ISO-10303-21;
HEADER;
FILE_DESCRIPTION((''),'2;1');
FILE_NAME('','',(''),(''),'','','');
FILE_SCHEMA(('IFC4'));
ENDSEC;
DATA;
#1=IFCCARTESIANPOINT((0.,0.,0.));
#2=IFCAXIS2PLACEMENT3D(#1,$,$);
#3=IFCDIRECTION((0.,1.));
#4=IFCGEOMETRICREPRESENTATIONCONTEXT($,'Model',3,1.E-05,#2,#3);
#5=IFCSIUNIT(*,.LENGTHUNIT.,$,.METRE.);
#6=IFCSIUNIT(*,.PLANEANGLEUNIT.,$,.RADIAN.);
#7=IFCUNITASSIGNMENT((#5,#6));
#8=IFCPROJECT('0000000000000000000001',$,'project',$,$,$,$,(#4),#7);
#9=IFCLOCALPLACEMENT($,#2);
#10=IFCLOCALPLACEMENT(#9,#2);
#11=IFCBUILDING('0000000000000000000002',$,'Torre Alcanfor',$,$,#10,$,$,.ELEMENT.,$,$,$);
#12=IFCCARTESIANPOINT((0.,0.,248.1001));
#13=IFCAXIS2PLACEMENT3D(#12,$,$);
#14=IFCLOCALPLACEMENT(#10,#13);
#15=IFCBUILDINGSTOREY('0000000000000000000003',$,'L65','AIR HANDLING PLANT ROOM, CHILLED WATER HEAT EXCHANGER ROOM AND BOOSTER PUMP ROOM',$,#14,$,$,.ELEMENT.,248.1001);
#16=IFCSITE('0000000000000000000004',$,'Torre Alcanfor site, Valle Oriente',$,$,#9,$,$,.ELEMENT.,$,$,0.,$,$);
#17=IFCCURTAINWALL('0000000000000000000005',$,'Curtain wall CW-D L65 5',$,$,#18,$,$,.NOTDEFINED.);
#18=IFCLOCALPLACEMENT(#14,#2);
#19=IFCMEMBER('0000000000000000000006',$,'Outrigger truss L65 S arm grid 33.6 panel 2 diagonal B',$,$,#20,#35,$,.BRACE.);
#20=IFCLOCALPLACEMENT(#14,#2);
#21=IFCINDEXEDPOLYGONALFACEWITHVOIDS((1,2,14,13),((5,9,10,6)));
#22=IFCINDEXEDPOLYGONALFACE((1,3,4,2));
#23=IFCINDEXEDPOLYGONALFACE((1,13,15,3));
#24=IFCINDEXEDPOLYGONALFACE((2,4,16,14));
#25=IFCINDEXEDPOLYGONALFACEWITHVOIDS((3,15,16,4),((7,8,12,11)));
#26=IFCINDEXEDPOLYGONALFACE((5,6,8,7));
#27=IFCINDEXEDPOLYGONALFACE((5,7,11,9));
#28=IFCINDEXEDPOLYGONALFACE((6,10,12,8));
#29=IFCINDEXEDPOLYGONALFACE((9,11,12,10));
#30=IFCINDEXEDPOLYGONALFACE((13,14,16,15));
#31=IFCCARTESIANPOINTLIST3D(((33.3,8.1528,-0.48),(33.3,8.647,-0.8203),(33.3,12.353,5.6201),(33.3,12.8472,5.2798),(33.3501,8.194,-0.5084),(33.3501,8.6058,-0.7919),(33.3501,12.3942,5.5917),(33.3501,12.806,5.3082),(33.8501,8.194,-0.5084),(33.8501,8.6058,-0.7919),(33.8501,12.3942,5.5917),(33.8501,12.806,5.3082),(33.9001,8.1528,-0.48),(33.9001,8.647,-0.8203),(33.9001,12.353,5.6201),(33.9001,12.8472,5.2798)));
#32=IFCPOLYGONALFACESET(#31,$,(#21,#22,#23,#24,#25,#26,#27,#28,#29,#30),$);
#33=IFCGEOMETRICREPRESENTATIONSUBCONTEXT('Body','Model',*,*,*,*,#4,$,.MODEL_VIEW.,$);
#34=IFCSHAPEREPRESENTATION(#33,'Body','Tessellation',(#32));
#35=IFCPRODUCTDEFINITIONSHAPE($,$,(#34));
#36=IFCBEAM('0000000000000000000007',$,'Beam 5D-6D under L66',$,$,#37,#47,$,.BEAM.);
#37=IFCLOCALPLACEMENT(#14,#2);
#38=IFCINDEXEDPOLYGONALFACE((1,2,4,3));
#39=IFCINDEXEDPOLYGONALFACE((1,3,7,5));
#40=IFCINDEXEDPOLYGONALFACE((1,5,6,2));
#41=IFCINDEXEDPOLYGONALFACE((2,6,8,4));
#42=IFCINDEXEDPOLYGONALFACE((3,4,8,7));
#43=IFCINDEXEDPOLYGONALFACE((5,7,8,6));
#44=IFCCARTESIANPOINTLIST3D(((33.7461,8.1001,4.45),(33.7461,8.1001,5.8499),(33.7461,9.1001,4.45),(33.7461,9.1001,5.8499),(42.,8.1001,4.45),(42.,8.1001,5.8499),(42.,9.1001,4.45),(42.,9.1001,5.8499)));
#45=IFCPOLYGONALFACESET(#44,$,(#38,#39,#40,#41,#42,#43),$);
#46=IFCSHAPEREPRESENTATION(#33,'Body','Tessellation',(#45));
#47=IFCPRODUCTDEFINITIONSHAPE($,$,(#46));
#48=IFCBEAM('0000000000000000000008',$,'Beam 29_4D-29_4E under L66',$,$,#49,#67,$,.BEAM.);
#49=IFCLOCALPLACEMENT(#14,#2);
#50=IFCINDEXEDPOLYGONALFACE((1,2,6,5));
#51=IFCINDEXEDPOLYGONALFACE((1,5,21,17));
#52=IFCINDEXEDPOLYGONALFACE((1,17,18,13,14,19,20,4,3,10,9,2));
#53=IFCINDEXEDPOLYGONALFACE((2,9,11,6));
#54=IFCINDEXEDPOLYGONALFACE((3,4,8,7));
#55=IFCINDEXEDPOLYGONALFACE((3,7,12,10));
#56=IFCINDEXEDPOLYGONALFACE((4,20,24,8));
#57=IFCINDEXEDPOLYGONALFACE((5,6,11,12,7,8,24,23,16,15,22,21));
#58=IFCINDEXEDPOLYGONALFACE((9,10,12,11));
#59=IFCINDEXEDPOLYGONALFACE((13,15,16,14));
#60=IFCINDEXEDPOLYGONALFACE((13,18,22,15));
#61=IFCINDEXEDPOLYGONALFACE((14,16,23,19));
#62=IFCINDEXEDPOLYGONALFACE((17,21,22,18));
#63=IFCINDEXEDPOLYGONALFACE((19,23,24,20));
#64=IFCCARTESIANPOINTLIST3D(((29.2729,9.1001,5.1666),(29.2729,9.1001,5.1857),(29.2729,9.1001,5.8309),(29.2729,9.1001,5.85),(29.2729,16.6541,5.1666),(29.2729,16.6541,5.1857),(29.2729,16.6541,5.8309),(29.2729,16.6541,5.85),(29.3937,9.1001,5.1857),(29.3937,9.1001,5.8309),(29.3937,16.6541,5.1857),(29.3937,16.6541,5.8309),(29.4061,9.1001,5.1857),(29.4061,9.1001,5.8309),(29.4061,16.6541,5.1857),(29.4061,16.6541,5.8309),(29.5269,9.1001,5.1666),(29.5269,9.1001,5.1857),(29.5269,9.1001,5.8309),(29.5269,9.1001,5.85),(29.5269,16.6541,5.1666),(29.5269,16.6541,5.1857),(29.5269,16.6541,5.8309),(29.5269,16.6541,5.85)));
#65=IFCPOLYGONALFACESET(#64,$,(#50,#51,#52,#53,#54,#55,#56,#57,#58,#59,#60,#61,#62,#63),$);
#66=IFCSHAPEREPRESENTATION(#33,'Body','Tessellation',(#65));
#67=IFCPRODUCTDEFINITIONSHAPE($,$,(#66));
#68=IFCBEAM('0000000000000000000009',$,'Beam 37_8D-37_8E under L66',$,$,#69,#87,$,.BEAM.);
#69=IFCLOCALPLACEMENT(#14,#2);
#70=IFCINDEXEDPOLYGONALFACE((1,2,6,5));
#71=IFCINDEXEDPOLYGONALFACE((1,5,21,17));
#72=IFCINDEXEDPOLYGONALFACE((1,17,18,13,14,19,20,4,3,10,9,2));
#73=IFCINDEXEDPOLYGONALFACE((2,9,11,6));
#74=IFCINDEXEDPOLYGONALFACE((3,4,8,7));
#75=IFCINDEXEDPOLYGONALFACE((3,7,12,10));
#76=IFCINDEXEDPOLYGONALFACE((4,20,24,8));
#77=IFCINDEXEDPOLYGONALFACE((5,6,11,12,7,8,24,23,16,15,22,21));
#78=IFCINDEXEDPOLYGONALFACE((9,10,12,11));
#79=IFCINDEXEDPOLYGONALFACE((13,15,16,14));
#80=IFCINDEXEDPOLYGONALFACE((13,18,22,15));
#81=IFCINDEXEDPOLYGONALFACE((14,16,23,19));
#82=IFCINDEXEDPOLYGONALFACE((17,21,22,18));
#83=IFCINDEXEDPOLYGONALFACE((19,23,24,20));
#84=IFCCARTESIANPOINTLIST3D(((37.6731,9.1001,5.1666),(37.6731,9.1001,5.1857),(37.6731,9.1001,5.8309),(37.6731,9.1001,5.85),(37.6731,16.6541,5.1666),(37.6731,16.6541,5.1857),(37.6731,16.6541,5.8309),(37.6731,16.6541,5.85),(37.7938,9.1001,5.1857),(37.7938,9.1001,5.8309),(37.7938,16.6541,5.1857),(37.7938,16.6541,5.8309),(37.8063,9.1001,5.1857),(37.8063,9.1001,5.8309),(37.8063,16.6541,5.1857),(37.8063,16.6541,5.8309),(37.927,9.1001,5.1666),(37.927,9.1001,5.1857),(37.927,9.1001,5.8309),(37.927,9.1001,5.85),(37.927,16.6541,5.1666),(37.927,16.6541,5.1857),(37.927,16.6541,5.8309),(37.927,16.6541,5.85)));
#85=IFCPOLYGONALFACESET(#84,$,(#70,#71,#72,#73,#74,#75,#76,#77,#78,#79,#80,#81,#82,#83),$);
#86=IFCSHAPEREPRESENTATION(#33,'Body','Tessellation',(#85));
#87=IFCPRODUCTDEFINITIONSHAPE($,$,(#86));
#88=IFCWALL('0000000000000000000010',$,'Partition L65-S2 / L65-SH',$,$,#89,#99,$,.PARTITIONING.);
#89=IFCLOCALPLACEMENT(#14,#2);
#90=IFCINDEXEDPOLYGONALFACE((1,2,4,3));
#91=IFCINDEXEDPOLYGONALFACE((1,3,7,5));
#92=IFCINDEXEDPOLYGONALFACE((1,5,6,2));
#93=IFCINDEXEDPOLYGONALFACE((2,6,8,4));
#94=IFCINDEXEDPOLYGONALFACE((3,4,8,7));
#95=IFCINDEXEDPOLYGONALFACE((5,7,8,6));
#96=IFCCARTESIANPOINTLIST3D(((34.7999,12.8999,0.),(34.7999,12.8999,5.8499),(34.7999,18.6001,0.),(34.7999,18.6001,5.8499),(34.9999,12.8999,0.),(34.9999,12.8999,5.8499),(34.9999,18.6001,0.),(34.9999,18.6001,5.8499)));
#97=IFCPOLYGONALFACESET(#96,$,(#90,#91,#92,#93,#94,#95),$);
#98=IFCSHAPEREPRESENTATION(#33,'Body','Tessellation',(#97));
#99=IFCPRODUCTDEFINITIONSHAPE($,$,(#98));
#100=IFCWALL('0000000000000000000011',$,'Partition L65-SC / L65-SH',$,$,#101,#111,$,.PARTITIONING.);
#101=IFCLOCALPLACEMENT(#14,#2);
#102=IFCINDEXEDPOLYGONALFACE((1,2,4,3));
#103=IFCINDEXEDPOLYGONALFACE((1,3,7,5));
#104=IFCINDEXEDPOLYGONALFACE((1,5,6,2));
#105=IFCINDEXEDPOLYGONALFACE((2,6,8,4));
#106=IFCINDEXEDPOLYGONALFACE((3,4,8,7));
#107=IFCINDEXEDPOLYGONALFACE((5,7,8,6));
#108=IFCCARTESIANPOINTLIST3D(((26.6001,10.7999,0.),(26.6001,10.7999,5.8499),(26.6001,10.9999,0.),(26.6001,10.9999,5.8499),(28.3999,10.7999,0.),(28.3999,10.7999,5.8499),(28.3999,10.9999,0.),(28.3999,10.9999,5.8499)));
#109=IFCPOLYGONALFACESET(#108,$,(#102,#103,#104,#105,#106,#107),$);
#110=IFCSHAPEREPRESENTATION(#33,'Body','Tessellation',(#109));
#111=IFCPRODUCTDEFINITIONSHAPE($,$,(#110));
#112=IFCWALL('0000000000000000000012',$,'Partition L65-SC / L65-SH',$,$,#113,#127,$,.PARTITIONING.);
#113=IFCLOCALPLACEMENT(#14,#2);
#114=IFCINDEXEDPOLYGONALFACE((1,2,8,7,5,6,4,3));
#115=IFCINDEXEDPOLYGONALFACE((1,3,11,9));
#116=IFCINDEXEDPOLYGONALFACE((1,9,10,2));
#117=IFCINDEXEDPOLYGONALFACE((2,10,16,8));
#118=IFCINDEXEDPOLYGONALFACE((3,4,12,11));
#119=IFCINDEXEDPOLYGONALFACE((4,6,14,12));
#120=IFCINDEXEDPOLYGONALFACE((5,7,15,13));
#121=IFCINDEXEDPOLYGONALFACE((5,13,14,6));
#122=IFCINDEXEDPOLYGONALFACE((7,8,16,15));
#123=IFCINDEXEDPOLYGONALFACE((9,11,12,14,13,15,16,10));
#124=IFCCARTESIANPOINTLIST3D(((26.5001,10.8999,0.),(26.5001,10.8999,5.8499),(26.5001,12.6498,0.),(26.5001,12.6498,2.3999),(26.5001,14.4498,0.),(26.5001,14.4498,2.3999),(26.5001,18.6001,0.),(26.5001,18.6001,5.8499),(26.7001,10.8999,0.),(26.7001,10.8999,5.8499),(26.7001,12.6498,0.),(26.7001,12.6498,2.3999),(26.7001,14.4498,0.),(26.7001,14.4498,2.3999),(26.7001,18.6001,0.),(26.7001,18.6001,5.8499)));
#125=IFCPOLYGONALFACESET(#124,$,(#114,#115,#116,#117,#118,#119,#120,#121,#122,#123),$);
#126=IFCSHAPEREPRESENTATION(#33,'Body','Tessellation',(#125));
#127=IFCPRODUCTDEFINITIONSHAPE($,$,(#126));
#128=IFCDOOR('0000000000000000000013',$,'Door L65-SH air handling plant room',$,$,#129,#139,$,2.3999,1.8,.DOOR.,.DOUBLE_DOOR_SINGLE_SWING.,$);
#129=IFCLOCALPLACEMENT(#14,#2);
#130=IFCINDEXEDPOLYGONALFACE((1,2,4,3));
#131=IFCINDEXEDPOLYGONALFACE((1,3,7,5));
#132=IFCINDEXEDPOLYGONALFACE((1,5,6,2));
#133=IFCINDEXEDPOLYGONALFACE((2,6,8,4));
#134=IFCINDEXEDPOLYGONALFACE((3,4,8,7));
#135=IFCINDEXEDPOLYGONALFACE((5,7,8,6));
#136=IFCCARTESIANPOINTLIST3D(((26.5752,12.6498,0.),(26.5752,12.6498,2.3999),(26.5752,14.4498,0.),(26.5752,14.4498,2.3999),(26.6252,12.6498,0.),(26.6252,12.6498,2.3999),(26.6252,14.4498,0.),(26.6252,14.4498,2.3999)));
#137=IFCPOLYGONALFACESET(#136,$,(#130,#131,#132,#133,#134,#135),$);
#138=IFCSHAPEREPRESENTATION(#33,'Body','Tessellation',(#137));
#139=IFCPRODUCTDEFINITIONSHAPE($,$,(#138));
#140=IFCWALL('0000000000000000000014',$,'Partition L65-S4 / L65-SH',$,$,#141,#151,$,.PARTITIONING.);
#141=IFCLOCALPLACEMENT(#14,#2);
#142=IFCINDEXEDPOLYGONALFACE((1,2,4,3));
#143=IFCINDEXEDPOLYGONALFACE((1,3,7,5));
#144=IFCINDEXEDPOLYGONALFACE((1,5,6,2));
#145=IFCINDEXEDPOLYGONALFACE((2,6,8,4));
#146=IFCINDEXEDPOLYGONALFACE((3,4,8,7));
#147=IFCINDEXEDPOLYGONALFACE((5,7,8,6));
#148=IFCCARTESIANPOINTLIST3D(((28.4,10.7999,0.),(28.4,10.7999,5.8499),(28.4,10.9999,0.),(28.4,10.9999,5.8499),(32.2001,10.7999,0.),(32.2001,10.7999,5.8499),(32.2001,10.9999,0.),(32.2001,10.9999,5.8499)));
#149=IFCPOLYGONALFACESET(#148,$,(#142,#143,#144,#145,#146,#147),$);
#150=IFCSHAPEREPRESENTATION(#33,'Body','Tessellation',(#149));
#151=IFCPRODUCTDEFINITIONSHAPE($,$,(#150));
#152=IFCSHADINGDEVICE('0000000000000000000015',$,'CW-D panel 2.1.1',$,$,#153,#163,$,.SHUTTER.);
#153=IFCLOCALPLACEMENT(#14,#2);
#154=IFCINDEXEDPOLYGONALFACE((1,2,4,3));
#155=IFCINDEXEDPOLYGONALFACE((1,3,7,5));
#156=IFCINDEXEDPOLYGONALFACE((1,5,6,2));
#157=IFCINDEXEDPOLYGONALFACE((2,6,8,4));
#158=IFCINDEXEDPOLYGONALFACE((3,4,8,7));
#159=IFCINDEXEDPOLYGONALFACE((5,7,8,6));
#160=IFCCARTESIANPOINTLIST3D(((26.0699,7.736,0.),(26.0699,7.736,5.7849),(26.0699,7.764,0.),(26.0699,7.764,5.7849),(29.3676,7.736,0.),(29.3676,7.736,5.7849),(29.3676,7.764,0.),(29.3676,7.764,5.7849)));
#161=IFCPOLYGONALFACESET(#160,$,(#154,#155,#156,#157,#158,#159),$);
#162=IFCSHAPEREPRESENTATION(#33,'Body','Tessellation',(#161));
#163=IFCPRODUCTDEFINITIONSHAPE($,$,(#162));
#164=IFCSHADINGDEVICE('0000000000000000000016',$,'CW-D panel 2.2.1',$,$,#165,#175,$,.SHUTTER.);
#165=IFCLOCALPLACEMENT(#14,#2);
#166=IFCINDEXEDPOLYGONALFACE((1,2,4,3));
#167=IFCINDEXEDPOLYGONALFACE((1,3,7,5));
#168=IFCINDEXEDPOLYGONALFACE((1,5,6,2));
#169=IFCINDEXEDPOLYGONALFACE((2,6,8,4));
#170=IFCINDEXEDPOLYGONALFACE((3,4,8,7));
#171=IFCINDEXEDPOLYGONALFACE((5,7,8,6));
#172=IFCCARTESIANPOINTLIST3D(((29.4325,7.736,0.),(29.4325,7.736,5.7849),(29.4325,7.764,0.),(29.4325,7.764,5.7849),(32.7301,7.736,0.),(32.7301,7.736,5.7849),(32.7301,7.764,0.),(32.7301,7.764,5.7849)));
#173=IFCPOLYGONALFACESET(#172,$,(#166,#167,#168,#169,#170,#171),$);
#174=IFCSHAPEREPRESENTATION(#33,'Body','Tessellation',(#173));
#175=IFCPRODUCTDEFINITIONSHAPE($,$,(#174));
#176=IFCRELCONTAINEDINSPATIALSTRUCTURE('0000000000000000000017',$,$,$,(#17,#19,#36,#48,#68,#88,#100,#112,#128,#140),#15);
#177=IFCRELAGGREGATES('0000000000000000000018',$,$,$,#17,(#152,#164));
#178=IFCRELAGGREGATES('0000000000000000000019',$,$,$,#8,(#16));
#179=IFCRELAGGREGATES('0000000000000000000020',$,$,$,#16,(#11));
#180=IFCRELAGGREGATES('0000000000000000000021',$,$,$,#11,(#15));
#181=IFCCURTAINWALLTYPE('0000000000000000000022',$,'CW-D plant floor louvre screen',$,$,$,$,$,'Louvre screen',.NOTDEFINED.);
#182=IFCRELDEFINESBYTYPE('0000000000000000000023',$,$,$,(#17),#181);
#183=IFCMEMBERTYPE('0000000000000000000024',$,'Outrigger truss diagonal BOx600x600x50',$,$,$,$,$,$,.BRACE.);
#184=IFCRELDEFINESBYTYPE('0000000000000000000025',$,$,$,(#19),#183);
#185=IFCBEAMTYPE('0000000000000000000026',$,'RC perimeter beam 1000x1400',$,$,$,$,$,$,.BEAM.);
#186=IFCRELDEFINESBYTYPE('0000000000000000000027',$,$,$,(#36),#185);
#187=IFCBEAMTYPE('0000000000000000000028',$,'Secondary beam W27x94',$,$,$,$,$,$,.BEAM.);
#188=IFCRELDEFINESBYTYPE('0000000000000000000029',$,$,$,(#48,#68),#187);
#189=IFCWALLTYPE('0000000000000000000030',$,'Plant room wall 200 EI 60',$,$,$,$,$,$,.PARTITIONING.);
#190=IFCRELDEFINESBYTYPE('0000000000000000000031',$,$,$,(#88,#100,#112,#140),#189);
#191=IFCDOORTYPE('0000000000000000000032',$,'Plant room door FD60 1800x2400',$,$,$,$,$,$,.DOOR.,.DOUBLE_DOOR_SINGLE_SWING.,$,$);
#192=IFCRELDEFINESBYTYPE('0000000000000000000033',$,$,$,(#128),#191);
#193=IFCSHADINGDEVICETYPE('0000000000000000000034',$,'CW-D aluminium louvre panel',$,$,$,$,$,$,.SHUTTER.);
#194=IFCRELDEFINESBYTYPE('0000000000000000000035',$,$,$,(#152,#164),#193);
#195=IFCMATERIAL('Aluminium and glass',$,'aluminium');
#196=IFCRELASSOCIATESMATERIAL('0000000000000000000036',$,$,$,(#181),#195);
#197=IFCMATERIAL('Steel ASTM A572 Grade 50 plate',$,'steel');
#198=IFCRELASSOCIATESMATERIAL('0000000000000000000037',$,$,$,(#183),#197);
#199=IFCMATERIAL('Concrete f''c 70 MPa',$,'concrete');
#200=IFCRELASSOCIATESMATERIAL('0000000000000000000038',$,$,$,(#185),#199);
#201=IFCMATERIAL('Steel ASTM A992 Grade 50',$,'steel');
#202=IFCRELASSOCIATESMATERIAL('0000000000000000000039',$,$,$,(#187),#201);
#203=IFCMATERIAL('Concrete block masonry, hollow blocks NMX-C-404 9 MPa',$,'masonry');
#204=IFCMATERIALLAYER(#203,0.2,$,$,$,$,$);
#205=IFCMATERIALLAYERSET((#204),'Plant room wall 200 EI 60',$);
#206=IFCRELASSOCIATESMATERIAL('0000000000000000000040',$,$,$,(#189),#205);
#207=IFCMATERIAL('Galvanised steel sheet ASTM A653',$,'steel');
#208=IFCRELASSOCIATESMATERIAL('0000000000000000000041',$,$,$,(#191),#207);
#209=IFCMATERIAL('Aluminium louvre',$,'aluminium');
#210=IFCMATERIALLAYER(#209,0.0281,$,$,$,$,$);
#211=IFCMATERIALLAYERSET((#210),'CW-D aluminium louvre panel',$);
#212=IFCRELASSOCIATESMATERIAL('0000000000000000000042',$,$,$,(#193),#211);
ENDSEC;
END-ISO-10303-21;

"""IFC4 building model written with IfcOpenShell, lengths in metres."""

from ifc_helpers import new_model, si_unit, direction, frame, frame_2d, origin, origin_2d, place, context, subcontext, project, spatial, rectangle, hollow_rectangle, i_section, extrude, material, layer, layer_set, material_profile, profile_set, type_object, element, fill, aggregate, save


model = new_model("IFC4")

# Units and contexts
model_context = context("Model", 3, precision=1e-05, world=origin(), true_north=direction((0.0, 1.0)))
body_context = subcontext(model_context, "Body", "Model", "MODEL_VIEW")
ifc_project = project(units=[si_unit("LENGTHUNIT", "METRE"), si_unit("PLANEANGLEUNIT", "RADIAN")], contexts=[model_context])

# Site, building, storey
site_placement = place(None, origin())
site = spatial("IfcSite", under=ifc_project, at=site_placement, Name="Torre Alcanfor site, Valle Oriente", CompositionType="ELEMENT", RefElevation=0.0)
building_placement = place(site_placement, origin())
building = spatial("IfcBuilding", under=site, at=building_placement, Name="Torre Alcanfor", CompositionType="ELEMENT")
storey_placement = place(building_placement, frame((0.0, 0.0, 248.1001)))
storey = spatial("IfcBuildingStorey", under=building, at=storey_placement, Name="L65", Description="AIR HANDLING PLANT ROOM, CHILLED WATER HEAT EXCHANGER ROOM AND BOOSTER PUMP ROOM", CompositionType="ELEMENT", Elevation=248.1001)

# Curtain wall
ifc_material_1 = material(Name="Aluminium and glass", Category="aluminium")
curtain_wall_type = type_object("IfcCurtainWallType", Name="CW-D plant floor louvre screen", ElementType="Louvre screen", PredefinedType="NOTDEFINED", material=ifc_material_1)
curtain_wall_placement = place(storey_placement, origin())
curtain_wall = element("IfcCurtainWall", 1, at=curtain_wall_placement, inside=storey, type_object=curtain_wall_type, Name="Curtain wall CW-D L65 5", PredefinedType="NOTDEFINED")

# Member
ifc_material_2 = material(Name="Steel ASTM A572 Grade 50 plate", Category="steel")
ifc_material_profile_1 = material_profile(ifc_material_2, hollow_rectangle(XDim=0.6001, YDim=0.6001, WallThickness=0.05, at=origin_2d()), Name="BOX 600x600x50")
ifc_profile_set_1 = profile_set([ifc_material_profile_1], Name="Steel ASTM A572 Grade 50 plate")
member_type_1 = type_object("IfcMemberType", Name="Outrigger truss diagonal BOx600x600x50", PredefinedType="BRACE", material=ifc_profile_set_1)
member_1_placement = place(storey_placement, frame((33.6001, 8.3999, -0.6501), z_axis=(0.0, 0.567113, 0.82364), x_axis=(-1.0, 0.0, 0.0)))
element("IfcMember", 2, at=member_1_placement, inside=storey, type_object=member_type_1, Name="Outrigger truss L65 S arm grid 33.6 panel 2 diagonal B", PredefinedType="BRACE", context=body_context, shape_type="SweptSolid", body=[
    extrude(hollow_rectangle(XDim=0.6001, YDim=0.6001, WallThickness=0.05, at=origin_2d()), origin(), (0.0, 0.0, 1.0), 7.4062),
])

# Beams
ifc_material_3 = material(Name="Concrete f'c 70 MPa", Category="concrete")
ifc_material_profile_2 = material_profile(ifc_material_3, rectangle(XDim=1.0, YDim=1.3999, at=origin_2d()), Name="1000x1400")
ifc_profile_set_2 = profile_set([ifc_material_profile_2], Name="Concrete f'c 70 MPa")
beam_type_1 = type_object("IfcBeamType", Name="RC perimeter beam 1000x1400", PredefinedType="BEAM", material=ifc_profile_set_2)
beam_1_placement = place(storey_placement, frame((33.7461, 8.6001, 5.1499), z_axis=(1.0, 0.0, 0.0), x_axis=(0.0, 1.0, 0.0)))
element("IfcBeam", 3, at=beam_1_placement, inside=storey, type_object=beam_type_1, Name="Beam 5D-6D under L66", PredefinedType="BEAM", context=body_context, shape_type="SweptSolid", body=[
    extrude(rectangle(XDim=1.0, YDim=1.3999, at=origin_2d()), origin(), (0.0, 0.0, 1.0), 8.2539),
])
ifc_material_4 = material(Name="Steel ASTM A992 Grade 50", Category="steel")
ifc_material_profile_3 = material_profile(ifc_material_4, i_section(OverallWidth=0.2539, OverallDepth=0.6833, WebThickness=0.0125, FlangeThickness=0.019, at=origin_2d()), Name="W27x94")
ifc_profile_set_3 = profile_set([ifc_material_profile_3], Name="Steel ASTM A992 Grade 50")
beam_type_2 = type_object("IfcBeamType", Name="Secondary beam W27x94", PredefinedType="BEAM", material=ifc_profile_set_3)
for number, where, z_axis, x_axis, name in (
    (4, (29.3999, 9.1001, 5.5083), (0.0, 1.0, 0.0), (-1.0, 0.0, 0.0), "Beam 29_4D-29_4E under L66"),
    (5, (37.8, 9.1001, 5.5083), (0.0, 1.0, 0.0), (-1.0, 0.0, 0.0), "Beam 37_8D-37_8E under L66"),
):
    element("IfcBeam", number, at=place(storey_placement, frame(where, z_axis=z_axis, x_axis=x_axis)), inside=storey, type_object=beam_type_2, Name=name, PredefinedType="BEAM", context=body_context, shape_type="SweptSolid", body=[
        extrude(i_section(OverallWidth=0.2539, OverallDepth=0.6833, WebThickness=0.0125, FlangeThickness=0.019, at=origin_2d()), origin(), (0.0, 0.0, 1.0), 7.554),
    ])

# Walls
ifc_material_5 = material(Name="Concrete block masonry, hollow blocks NMX-C-404 9 MPa", Category="masonry")
ifc_layer_1 = layer(ifc_material_5, 0.2)
ifc_layer_set_1 = layer_set([ifc_layer_1], Name="Plant room wall 200 EI 60")
wall_type = type_object("IfcWallType", Name="Plant room wall 200 EI 60", PredefinedType="PARTITIONING", material=ifc_layer_set_1)
wall_1_placement = place(storey_placement, frame((34.8999, 12.8999, 0.0), z_axis=(0.0, 0.0, 1.0), x_axis=(0.0, 1.0, 0.0)))
element("IfcWall", 6, at=wall_1_placement, inside=storey, type_object=wall_type, Name="Partition L65-S2 / L65-SH", PredefinedType="PARTITIONING", context=body_context, shape_type="SweptSolid", body=[
    extrude(rectangle(XDim=5.7002, YDim=0.2, at=frame_2d((2.8501, 0.0))), origin(), (0.0, 0.0, 1.0), 5.8499),
])
wall_2_placement = place(storey_placement, frame((28.3999, 10.8999, 0.0), z_axis=(0.0, 0.0, 1.0), x_axis=(-1.0, 0.0, 0.0)))
element("IfcWall", 7, at=wall_2_placement, inside=storey, type_object=wall_type, Name="Partition L65-SC / L65-SH", PredefinedType="PARTITIONING", context=body_context, shape_type="SweptSolid", body=[
    extrude(rectangle(XDim=1.7998, YDim=0.2, at=frame_2d((0.8999, 0.0))), origin(), (0.0, 0.0, 1.0), 5.8499),
])

# Wall, opening, door
wall_3_placement = place(storey_placement, frame((26.6001, 10.8999, 0.0), z_axis=(0.0, 0.0, 1.0), x_axis=(0.0, 1.0, 0.0)))
wall_3 = element("IfcWall", 8, at=wall_3_placement, inside=storey, type_object=wall_type, Name="Partition L65-SC / L65-SH", PredefinedType="PARTITIONING", context=body_context, shape_type="SweptSolid", body=[
    extrude(rectangle(XDim=7.7002, YDim=0.2, at=frame_2d((3.8501, 0.0))), origin(), (0.0, 0.0, 1.0), 5.8499),
])
opening_placement = place(wall_3_placement, frame((1.75, 0.0, 0.0)))
opening = element("IfcOpeningElement", 9, at=opening_placement, cuts=wall_3, PredefinedType="OPENING", context=body_context, shape_type="SweptSolid", body=[
    extrude(rectangle(XDim=1.8, YDim=2.3999, at=frame_2d((0.8999, 1.2))), frame((0.0, 0.1099, 0.0), z_axis=(0.0, -1.0, 0.0), x_axis=(1.0, 0.0, 0.0)), (0.0, 0.0, 1.0), 0.22),
])
ifc_material_6 = material(Name="Galvanised steel sheet ASTM A653", Category="steel")
door_type = type_object("IfcDoorType", Name="Plant room door FD60 1800x2400", OperationType="DOUBLE_DOOR_SINGLE_SWING", PredefinedType="DOOR", material=ifc_material_6)
door_placement = place(opening_placement, origin())
door = element("IfcDoor", 10, at=door_placement, inside=storey, type_object=door_type, Name="Door L65-SH air handling plant room", OperationType="DOUBLE_DOOR_SINGLE_SWING", OverallHeight=2.3999, OverallWidth=1.8, PredefinedType="DOOR", context=body_context, shape_type="SweptSolid", body=[
    extrude(rectangle(XDim=1.8, YDim=2.3999, at=frame_2d((0.8999, 1.2))), frame((0.0, 0.0249, 0.0), z_axis=(0.0, -1.0, 0.0), x_axis=(1.0, 0.0, 0.0)), (0.0, 0.0, 1.0), 0.05),
])
fill(opening, door)

# Wall
wall_4_placement = place(storey_placement, frame((32.2, 10.8999, 0.0), z_axis=(0.0, 0.0, 1.0), x_axis=(-1.0, 0.0, 0.0)))
element("IfcWall", 11, at=wall_4_placement, inside=storey, type_object=wall_type, Name="Partition L65-S4 / L65-SH", PredefinedType="PARTITIONING", context=body_context, shape_type="SweptSolid", body=[
    extrude(rectangle(XDim=3.8, YDim=0.2, at=frame_2d((1.8999, 0.0))), origin(), (0.0, 0.0, 1.0), 5.8499),
])

# Shading devices
ifc_material_7 = material(Name="Aluminium louvre", Category="aluminium")
ifc_layer_2 = layer(ifc_material_7, 0.0281)
ifc_layer_set_2 = layer_set([ifc_layer_2], Name="CW-D aluminium louvre panel")
shading_device_type = type_object("IfcShadingDeviceType", Name="CW-D aluminium louvre panel", PredefinedType="SHUTTER", material=ifc_layer_set_2)
shading_device_1_placement = place(storey_placement, frame((27.7188, 7.75, 0.0), z_axis=(0.0, 0.0, 1.0), x_axis=(1.0, 0.0, 0.0)))
shading_device_1 = element("IfcShadingDevice", 12, at=shading_device_1_placement, type_object=shading_device_type, Name="CW-D panel 2.1.1", PredefinedType="SHUTTER", context=body_context, shape_type="SweptSolid", body=[
    extrude(rectangle(XDim=3.2976, YDim=0.0281, at=origin_2d()), origin(), (0.0, 0.0, 1.0), 5.7849),
])
shading_device_2_placement = place(storey_placement, frame((31.0813, 7.75, 0.0), z_axis=(0.0, 0.0, 1.0), x_axis=(1.0, 0.0, 0.0)))
shading_device_2 = element("IfcShadingDevice", 13, at=shading_device_2_placement, type_object=shading_device_type, Name="CW-D panel 2.2.1", PredefinedType="SHUTTER", context=body_context, shape_type="SweptSolid", body=[
    extrude(rectangle(XDim=3.2976, YDim=0.0281, at=origin_2d()), origin(), (0.0, 0.0, 1.0), 5.7849),
])
aggregate(curtain_wall, [shading_device_1, shading_device_2])

save(model, "model.ifc")
